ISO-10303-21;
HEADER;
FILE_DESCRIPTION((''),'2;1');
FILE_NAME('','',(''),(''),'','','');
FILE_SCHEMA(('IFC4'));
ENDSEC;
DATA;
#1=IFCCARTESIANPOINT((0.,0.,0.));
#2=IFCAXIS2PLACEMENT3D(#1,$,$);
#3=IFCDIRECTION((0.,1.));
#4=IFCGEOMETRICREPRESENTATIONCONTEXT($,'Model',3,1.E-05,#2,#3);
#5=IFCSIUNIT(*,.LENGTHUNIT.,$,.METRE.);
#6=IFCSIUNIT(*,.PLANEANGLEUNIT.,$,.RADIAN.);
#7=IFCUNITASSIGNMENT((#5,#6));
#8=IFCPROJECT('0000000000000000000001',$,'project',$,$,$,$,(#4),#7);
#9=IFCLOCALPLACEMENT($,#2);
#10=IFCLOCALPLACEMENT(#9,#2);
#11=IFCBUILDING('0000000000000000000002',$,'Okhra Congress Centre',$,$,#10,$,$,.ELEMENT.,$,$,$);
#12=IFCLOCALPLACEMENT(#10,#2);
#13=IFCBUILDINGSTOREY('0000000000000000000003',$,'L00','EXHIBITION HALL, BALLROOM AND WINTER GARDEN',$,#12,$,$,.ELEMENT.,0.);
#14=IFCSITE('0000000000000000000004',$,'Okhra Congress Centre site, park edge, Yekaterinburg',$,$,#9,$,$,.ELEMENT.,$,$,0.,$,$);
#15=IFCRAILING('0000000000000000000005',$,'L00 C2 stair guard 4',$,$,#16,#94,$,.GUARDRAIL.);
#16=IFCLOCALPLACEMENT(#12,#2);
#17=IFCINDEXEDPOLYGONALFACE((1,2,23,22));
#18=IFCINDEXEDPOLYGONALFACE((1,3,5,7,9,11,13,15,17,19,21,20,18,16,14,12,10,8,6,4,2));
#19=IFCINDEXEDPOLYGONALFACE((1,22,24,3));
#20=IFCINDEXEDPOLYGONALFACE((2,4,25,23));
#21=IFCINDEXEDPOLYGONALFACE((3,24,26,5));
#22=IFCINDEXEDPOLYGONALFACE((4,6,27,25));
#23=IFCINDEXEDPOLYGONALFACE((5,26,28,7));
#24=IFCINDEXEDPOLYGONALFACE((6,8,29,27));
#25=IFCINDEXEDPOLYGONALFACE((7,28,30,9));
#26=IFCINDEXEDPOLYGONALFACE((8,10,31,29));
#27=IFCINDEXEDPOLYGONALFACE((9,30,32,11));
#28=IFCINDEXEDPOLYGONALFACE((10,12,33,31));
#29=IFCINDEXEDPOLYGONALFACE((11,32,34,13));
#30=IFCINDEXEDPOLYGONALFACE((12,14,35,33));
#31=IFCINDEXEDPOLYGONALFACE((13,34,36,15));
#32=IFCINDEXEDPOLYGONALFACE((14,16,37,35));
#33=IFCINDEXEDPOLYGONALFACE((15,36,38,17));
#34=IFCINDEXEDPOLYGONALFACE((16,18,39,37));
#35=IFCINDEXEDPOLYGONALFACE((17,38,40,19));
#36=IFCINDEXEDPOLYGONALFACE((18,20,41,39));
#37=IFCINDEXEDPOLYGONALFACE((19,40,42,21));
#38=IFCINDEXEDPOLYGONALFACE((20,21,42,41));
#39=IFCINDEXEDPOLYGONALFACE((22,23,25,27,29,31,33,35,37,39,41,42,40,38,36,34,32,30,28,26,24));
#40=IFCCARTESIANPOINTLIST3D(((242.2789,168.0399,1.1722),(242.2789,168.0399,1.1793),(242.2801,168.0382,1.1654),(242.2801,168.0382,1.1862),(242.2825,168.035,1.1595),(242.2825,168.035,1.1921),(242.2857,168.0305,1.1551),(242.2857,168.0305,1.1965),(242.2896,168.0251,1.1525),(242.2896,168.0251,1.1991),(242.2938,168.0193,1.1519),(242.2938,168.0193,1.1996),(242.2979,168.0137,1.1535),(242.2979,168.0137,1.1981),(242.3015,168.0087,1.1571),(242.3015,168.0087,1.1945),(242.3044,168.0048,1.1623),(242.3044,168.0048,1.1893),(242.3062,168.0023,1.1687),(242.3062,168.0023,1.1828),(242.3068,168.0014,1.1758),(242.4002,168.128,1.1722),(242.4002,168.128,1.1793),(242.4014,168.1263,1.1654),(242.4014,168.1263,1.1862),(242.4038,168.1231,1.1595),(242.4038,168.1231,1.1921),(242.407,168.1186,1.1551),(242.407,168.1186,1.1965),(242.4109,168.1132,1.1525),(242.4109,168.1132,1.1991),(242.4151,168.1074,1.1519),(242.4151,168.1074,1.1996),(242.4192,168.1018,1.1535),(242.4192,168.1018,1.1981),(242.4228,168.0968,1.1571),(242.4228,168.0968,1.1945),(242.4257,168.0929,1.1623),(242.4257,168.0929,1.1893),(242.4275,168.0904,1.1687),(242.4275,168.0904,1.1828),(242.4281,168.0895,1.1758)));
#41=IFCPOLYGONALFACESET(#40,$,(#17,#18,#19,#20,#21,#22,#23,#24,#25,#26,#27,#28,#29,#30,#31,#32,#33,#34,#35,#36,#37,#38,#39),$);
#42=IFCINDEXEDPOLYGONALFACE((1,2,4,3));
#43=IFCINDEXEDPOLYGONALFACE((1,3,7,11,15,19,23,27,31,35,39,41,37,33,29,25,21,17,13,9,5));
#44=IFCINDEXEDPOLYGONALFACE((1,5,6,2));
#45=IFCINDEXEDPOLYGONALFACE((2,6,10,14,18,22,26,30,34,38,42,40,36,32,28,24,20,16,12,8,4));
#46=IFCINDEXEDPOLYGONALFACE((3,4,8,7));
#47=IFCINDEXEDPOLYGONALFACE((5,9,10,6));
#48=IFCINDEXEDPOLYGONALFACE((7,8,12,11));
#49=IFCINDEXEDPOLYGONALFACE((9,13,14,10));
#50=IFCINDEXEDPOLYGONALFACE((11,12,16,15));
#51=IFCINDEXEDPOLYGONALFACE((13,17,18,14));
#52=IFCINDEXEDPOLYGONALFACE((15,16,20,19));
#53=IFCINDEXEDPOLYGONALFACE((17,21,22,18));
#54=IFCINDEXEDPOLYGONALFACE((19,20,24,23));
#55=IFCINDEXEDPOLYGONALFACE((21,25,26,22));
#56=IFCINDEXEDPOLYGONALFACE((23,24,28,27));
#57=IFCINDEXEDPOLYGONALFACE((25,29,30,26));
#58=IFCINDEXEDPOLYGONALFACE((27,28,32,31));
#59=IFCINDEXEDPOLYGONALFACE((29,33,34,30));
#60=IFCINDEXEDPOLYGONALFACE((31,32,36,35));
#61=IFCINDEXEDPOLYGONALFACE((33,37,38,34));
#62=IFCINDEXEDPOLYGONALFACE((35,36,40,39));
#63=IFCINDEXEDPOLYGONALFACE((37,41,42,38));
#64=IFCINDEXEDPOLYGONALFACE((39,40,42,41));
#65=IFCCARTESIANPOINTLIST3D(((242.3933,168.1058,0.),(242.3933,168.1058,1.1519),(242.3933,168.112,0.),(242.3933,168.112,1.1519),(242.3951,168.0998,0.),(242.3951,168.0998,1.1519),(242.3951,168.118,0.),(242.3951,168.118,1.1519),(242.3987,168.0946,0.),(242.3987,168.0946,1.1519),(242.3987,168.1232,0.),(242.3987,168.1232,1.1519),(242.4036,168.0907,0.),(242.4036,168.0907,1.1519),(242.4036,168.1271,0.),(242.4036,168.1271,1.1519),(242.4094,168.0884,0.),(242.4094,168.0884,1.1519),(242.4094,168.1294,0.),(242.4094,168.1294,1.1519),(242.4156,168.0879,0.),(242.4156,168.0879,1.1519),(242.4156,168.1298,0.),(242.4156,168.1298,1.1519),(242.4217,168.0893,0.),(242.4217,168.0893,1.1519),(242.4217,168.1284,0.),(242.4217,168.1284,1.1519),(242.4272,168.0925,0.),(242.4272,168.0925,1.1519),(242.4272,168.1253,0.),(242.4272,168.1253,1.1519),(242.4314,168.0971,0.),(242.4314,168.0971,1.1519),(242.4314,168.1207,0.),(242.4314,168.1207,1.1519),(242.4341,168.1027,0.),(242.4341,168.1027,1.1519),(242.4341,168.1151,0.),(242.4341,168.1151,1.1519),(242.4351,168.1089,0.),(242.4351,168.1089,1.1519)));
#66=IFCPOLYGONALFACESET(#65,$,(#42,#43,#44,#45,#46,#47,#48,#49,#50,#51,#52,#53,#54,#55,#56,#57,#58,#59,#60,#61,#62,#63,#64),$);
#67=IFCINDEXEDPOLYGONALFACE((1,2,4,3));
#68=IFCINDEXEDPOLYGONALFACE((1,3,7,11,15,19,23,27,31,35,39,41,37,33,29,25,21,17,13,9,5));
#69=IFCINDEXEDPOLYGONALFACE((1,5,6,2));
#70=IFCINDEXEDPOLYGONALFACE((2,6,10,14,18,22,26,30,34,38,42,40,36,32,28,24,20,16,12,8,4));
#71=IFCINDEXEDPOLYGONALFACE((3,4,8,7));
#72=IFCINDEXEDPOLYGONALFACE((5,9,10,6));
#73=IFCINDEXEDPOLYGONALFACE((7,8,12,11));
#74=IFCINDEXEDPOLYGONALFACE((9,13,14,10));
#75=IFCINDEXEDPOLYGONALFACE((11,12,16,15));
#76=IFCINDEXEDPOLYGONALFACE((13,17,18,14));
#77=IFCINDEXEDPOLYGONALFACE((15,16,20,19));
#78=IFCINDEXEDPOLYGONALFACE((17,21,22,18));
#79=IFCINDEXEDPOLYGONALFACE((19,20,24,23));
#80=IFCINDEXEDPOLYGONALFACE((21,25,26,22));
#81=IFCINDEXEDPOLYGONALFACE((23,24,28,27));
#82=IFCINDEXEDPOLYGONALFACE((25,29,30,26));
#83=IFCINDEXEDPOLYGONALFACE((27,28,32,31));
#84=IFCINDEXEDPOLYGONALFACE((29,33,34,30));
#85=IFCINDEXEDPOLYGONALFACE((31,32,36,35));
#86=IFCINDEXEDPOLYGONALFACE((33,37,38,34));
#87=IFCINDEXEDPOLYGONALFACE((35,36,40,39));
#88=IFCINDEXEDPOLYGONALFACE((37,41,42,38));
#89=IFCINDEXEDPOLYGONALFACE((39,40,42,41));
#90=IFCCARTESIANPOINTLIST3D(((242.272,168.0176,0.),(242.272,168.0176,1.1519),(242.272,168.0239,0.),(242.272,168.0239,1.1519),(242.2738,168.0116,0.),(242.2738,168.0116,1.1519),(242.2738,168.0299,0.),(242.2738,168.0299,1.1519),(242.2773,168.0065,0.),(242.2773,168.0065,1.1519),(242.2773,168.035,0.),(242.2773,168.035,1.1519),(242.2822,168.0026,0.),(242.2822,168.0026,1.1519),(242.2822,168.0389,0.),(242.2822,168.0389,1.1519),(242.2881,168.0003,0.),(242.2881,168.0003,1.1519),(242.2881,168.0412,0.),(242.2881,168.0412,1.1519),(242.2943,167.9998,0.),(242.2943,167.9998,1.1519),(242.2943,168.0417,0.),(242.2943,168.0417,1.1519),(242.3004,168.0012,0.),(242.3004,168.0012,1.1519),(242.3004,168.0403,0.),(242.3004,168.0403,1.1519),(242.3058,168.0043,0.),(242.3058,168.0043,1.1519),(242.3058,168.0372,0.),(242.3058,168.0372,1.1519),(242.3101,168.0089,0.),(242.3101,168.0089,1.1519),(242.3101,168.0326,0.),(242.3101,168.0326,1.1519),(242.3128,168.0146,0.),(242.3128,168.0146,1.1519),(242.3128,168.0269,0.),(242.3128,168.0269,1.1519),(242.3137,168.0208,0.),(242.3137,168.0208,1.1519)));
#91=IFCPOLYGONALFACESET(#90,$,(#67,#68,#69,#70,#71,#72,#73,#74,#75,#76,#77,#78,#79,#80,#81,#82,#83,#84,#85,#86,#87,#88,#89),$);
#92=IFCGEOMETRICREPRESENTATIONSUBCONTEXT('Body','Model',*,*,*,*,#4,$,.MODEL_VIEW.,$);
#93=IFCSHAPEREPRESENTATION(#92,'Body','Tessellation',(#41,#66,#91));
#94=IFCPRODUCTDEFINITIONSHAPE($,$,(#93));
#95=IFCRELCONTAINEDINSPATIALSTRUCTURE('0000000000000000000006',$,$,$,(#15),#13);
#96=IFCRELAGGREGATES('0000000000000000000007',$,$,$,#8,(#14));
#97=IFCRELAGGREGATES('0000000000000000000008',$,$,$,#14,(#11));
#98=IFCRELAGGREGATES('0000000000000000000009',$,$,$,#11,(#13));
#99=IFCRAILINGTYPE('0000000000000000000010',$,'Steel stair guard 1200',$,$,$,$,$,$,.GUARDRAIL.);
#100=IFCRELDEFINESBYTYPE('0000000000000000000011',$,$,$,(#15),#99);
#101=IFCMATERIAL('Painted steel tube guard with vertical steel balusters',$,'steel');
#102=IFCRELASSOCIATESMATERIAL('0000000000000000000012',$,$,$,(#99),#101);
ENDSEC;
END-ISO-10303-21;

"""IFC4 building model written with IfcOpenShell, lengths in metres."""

from ifc_helpers import new_model, si_unit, direction, frame, origin, origin_2d, place, context, subcontext, project, spatial, circle, extrude, material, type_object, element, save


model = new_model("IFC4")

# Units and contexts
model_context = context("Model", 3, precision=1e-05, world=origin(), true_north=direction((0.0, 1.0)))
body_context = subcontext(model_context, "Body", "Model", "MODEL_VIEW")
ifc_project = project(units=[si_unit("LENGTHUNIT", "METRE"), si_unit("PLANEANGLEUNIT", "RADIAN")], contexts=[model_context])

# Site, building, storey
site_placement = place(None, origin())
site = spatial("IfcSite", under=ifc_project, at=site_placement, Name="Okhra Congress Centre site, park edge, Yekaterinburg", CompositionType="ELEMENT", RefElevation=0.0)
building_placement = place(site_placement, origin())
building = spatial("IfcBuilding", under=site, at=building_placement, Name="Okhra Congress Centre", CompositionType="ELEMENT")
storey_placement = place(building_placement, origin())
storey = spatial("IfcBuildingStorey", under=building, at=storey_placement, Name="L00", Description="EXHIBITION HALL, BALLROOM AND WINTER GARDEN", CompositionType="ELEMENT", Elevation=0.0)

# Railing
ifc_material_1 = material(Name="Painted steel tube guard with vertical steel balusters", Category="steel")
railing_type_1 = type_object("IfcRailingType", Name="Steel stair guard 1200", PredefinedType="GUARDRAIL", material=ifc_material_1)
railing_1_placement = place(storey_placement, frame((242.4141, 168.1089, 0.0)))
element("IfcRailing", 1, at=railing_1_placement, inside=storey, type_object=railing_type_1, Name="L00 C2 stair guard 4", PredefinedType="GUARDRAIL", context=body_context, shape_type="SweptSolid", body=[
    extrude(circle(Radius=0.0239, at=origin_2d()), frame((0.0, 0.0, 1.1758), z_axis=(-0.809088, -0.587688, 0.0), x_axis=(0.587688, -0.809088, 0.0)), (0.0, 0.0, 1.0), 0.1499),
    extrude(circle(Radius=0.021, at=origin_2d()), origin(), (0.0, 0.0, 1.0), 1.1519),
    extrude(circle(Radius=0.021, at=origin_2d()), frame((-0.1213, -0.0881, 0.0)), (0.0, 0.0, 1.0), 1.1519),
])

save(model, "model.ifc")
